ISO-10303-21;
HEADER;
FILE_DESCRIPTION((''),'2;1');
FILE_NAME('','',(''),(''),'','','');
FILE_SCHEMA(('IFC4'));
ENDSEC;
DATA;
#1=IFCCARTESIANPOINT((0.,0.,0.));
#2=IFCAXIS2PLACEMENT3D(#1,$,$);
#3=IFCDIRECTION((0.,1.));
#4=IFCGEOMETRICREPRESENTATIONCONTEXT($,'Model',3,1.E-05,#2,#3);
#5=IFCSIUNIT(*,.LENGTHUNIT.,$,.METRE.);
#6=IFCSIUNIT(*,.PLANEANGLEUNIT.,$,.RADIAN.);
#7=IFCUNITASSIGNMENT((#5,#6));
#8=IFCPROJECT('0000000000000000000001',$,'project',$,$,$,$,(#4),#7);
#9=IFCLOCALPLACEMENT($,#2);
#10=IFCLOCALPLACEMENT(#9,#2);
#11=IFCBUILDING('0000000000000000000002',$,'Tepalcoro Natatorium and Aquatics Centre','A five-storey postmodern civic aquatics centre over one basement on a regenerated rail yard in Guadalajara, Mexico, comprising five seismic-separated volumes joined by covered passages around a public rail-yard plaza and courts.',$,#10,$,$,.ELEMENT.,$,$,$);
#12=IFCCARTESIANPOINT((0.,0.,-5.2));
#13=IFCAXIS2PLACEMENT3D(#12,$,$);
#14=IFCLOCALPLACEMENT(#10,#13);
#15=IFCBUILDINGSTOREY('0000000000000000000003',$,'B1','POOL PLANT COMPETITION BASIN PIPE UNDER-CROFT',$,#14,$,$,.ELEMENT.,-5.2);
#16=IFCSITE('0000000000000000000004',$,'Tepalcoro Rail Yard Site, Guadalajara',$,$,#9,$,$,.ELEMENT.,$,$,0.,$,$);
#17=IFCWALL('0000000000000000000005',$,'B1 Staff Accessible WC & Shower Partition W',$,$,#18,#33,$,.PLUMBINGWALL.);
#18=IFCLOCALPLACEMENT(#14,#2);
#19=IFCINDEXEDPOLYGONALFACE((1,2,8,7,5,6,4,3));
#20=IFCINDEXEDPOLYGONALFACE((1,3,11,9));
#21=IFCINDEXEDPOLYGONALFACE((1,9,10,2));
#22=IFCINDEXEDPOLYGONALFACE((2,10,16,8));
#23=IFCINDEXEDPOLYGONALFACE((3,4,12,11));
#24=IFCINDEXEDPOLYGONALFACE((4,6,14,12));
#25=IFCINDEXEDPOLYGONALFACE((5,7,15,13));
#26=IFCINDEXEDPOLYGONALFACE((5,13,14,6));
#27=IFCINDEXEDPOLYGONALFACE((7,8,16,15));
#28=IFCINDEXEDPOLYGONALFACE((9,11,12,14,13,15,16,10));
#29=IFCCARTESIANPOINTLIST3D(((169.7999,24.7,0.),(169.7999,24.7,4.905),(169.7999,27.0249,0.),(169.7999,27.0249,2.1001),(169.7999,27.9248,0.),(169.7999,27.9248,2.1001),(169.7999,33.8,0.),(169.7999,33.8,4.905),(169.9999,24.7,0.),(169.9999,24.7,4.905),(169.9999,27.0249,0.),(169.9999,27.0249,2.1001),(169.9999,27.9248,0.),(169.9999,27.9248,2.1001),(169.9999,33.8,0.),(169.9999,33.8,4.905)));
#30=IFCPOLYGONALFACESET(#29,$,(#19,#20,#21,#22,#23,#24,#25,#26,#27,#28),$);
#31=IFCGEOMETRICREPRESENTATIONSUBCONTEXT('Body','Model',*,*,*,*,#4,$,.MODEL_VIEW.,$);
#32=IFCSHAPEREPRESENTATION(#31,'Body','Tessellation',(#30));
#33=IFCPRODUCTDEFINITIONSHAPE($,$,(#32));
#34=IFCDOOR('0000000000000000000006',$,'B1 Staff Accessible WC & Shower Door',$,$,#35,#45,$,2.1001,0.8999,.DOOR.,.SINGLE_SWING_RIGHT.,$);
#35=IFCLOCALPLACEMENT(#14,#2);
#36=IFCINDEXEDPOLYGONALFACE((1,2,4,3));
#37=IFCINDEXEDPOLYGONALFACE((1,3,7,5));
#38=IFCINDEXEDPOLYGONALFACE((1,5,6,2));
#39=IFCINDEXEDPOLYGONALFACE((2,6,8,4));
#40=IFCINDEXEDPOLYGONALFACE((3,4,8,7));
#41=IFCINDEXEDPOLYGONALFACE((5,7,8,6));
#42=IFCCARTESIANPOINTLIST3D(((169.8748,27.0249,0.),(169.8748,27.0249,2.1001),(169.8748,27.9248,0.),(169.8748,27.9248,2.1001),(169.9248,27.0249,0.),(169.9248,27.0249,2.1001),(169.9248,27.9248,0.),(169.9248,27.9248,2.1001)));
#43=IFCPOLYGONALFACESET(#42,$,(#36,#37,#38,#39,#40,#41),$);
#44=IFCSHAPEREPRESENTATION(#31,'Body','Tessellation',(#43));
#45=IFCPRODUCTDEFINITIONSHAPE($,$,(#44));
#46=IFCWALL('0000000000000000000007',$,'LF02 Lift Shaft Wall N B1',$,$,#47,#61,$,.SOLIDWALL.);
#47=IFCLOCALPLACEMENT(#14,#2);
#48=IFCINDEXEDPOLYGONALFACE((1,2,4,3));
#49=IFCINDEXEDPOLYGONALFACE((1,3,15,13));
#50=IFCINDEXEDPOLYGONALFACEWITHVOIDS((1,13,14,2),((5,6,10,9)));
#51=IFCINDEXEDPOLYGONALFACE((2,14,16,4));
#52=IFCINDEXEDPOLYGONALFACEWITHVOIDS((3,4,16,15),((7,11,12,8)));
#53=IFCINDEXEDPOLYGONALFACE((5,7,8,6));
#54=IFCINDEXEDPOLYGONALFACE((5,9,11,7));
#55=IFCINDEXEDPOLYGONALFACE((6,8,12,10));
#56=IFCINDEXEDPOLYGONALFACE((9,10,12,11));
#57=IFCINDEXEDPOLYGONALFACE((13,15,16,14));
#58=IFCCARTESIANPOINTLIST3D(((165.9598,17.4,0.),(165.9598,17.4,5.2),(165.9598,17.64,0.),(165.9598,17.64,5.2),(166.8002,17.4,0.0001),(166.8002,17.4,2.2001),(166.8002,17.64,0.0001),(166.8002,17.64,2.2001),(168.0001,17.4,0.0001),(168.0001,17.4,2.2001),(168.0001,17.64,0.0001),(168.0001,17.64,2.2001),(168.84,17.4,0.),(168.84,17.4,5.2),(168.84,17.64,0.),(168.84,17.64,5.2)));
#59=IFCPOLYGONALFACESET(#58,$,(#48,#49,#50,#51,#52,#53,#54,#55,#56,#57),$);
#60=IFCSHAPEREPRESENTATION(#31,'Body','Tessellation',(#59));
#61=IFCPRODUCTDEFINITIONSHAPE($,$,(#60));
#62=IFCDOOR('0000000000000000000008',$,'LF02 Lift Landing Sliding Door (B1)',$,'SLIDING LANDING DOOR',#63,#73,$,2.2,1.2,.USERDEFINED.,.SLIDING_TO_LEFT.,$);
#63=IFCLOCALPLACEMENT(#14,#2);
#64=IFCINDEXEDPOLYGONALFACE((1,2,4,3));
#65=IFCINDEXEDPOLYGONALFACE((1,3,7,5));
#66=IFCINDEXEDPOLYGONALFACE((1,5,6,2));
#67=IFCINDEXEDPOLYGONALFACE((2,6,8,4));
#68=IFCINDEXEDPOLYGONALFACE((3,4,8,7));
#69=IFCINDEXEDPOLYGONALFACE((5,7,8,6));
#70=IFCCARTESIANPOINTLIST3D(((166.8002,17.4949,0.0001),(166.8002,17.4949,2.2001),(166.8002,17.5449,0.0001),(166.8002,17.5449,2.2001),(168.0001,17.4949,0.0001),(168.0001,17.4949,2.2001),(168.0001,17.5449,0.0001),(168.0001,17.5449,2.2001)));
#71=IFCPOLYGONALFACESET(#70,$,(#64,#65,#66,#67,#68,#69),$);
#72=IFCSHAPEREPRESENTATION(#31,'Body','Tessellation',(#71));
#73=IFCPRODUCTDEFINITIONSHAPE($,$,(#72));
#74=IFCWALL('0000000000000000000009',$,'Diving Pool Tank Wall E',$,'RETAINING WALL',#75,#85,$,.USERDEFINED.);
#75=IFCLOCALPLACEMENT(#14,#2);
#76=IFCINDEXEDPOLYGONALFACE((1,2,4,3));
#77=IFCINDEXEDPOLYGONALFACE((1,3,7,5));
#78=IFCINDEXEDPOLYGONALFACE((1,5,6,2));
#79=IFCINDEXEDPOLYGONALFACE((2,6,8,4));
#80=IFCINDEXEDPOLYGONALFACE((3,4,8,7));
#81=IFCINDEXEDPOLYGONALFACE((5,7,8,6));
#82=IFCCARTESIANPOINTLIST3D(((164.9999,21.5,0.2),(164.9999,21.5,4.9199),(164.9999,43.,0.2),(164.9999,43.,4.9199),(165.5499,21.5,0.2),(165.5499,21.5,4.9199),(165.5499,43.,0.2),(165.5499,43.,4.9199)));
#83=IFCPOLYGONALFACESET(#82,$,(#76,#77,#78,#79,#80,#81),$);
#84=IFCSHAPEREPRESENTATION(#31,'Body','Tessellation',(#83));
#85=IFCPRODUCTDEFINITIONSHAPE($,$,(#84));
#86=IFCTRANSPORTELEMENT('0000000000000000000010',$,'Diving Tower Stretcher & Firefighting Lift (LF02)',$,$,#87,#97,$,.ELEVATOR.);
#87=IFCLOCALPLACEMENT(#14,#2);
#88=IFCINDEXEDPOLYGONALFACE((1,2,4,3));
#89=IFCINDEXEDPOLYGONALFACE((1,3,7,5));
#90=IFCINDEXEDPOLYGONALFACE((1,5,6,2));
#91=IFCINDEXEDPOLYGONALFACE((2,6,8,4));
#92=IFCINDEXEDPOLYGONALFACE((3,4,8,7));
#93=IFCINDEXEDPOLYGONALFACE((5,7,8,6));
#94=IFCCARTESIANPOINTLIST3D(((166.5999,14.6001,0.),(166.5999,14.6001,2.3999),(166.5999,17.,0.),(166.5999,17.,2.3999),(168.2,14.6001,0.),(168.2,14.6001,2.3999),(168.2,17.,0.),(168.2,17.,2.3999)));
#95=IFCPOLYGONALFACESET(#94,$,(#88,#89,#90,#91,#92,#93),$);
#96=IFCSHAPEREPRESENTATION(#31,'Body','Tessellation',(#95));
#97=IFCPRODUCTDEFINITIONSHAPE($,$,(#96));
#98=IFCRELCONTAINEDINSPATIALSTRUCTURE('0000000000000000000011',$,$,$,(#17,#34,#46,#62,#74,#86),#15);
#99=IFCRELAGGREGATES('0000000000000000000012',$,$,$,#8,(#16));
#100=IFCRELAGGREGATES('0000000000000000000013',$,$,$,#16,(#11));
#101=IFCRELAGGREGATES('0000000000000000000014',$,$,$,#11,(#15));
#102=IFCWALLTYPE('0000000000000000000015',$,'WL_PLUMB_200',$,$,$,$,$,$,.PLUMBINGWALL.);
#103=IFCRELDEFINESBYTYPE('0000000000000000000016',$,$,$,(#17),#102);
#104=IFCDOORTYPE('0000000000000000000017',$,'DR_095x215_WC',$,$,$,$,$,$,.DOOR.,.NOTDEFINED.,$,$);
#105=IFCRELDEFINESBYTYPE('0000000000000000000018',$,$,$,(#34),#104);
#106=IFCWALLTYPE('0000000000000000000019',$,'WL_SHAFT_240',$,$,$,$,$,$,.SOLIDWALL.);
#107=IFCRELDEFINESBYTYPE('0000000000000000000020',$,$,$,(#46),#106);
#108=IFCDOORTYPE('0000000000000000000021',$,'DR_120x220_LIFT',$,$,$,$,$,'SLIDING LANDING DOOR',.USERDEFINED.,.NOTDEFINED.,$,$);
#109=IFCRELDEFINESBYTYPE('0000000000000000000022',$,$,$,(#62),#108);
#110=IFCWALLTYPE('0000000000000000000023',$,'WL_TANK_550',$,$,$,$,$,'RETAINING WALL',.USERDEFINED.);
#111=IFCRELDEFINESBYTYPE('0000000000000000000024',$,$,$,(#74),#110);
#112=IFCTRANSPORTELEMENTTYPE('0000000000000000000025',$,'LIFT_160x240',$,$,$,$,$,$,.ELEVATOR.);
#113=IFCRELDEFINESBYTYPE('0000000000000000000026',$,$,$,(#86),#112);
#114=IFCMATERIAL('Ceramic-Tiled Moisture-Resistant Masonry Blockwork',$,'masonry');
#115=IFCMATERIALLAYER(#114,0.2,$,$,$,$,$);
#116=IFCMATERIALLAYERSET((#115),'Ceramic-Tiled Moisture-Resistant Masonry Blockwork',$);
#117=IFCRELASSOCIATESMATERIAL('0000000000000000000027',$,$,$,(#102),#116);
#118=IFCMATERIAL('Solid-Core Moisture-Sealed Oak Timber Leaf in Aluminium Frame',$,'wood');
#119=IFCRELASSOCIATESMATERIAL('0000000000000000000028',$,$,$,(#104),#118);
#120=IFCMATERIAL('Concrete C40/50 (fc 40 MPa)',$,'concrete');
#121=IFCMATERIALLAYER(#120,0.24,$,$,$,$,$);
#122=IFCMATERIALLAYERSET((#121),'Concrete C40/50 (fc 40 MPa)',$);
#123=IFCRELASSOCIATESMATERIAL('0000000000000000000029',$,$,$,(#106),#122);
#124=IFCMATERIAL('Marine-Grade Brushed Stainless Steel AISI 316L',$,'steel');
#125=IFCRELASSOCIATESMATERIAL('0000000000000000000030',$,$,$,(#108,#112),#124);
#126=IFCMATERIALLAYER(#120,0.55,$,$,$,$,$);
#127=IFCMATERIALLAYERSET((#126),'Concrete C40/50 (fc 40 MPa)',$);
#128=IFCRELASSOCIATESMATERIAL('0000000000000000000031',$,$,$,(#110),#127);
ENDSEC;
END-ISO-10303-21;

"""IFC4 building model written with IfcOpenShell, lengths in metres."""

from ifc_helpers import new_model, si_unit, direction, frame, frame_2d, origin, origin_2d, place, context, subcontext, project, spatial, rectangle, extrude, material, layer, layer_set, type_object, element, fill, save


model = new_model("IFC4")

# Units and contexts
model_context = context("Model", 3, precision=1e-05, world=origin(), true_north=direction((0.0, 1.0)))
body_context = subcontext(model_context, "Body", "Model", "MODEL_VIEW")
ifc_project = project(units=[si_unit("LENGTHUNIT", "METRE"), si_unit("PLANEANGLEUNIT", "RADIAN")], contexts=[model_context])

# Site, building, storey
site_placement = place(None, origin())
site = spatial("IfcSite", under=ifc_project, at=site_placement, Name="Tepalcoro Rail Yard Site, Guadalajara", CompositionType="ELEMENT", RefElevation=0.0)
building_placement = place(site_placement, origin())
building = spatial("IfcBuilding", under=site, at=building_placement, Name="Tepalcoro Natatorium and Aquatics Centre", Description="A five-storey postmodern civic aquatics centre over one basement on a regenerated rail yard in Guadalajara, Mexico, comprising five seismic-separated volumes joined by covered passages around a public rail-yard plaza and courts.", CompositionType="ELEMENT")
storey_placement = place(building_placement, frame((0.0, 0.0, -5.2)))
storey = spatial("IfcBuildingStorey", under=building, at=storey_placement, Name="B1", Description="POOL PLANT COMPETITION BASIN PIPE UNDER-CROFT", CompositionType="ELEMENT", Elevation=-5.2)

# Shared definitions
ifc_material_1 = material(Name="Concrete C40/50 (fc 40 MPa)", Category="concrete")

# Shared definitions
ifc_material_2 = material(Name="Ceramic-Tiled Moisture-Resistant Masonry Blockwork", Category="masonry")
ifc_layer_1 = layer(ifc_material_2, 0.2)
ifc_layer_set_1 = layer_set([ifc_layer_1], Name="Ceramic-Tiled Moisture-Resistant Masonry Blockwork")
wall_type_1 = type_object("IfcWallType", Name="WL_PLUMB_200", PredefinedType="PLUMBINGWALL", material=ifc_layer_set_1)

# Walls, openings, doors
wall_1_placement = place(storey_placement, frame((169.8999, 24.7, 0.0), z_axis=(0.0, 0.0, 1.0), x_axis=(0.0, 1.0, 0.0)))
wall_1 = element("IfcWall", 1, at=wall_1_placement, inside=storey, type_object=wall_type_1, Name="B1 Staff Accessible WC & Shower Partition W", PredefinedType="PLUMBINGWALL", context=body_context, shape_type="SweptSolid", body=[
    extrude(rectangle(XDim=9.1001, YDim=0.2, at=frame_2d((4.55, 0.0))), origin(), (0.0, 0.0, 1.0), 4.905),
])
opening_1_placement = place(wall_1_placement, frame((2.325, 0.0, 0.0)))
opening_1 = element("IfcOpeningElement", 2, at=opening_1_placement, cuts=wall_1, PredefinedType="OPENING", context=body_context, shape_type="SweptSolid", body=[
    extrude(rectangle(XDim=0.8999, YDim=2.1001, at=frame_2d((0.45, 1.05))), frame((0.0, 0.1118, 0.0), z_axis=(0.0, -1.0, 0.0), x_axis=(1.0, 0.0, 0.0)), (0.0, 0.0, 1.0), 0.2239),
])
ifc_material_3 = material(Name="Solid-Core Moisture-Sealed Oak Timber Leaf in Aluminium Frame", Category="wood")
door_type_1 = type_object("IfcDoorType", Name="DR_095x215_WC", OperationType="NOTDEFINED", PredefinedType="DOOR", material=ifc_material_3)
door_1_placement = place(opening_1_placement, frame((0.8999, 0.0, 0.0), z_axis=(0.0, 0.0, 1.0), x_axis=(-1.0, 0.0, 0.0)))
door_1 = element("IfcDoor", 3, at=door_1_placement, inside=storey, type_object=door_type_1, Name="B1 Staff Accessible WC & Shower Door", OperationType="SINGLE_SWING_RIGHT", OverallHeight=2.1001, OverallWidth=0.8999, PredefinedType="DOOR", context=body_context, shape_type="SweptSolid", body=[
    extrude(rectangle(XDim=0.8999, YDim=2.1001, at=frame_2d((0.45, 1.05))), frame((0.0, 0.0249, 0.0), z_axis=(0.0, -1.0, 0.0), x_axis=(1.0, 0.0, 0.0)), (0.0, 0.0, 1.0), 0.05),
])
fill(opening_1, door_1)
ifc_layer_2 = layer(ifc_material_1, 0.24)
ifc_layer_set_2 = layer_set([ifc_layer_2], Name="Concrete C40/50 (fc 40 MPa)")
wall_type_2 = type_object("IfcWallType", Name="WL_SHAFT_240", PredefinedType="SOLIDWALL", material=ifc_layer_set_2)
wall_2_placement = place(storey_placement, frame((165.96, 17.52, 0.0), z_axis=(0.0, 0.0, 1.0), x_axis=(1.0, 0.0, 0.0)))
wall_2 = element("IfcWall", 4, at=wall_2_placement, inside=storey, type_object=wall_type_2, Name="LF02 Lift Shaft Wall N B1", PredefinedType="SOLIDWALL", context=body_context, shape_type="SweptSolid", body=[
    extrude(rectangle(XDim=2.8801, YDim=0.24, at=frame_2d((1.4399, 0.0))), origin(), (0.0, 0.0, 1.0), 5.2),
])
opening_2_placement = place(wall_2_placement, frame((0.8401, 0.0, 0.0)))
opening_2 = element("IfcOpeningElement", 5, at=opening_2_placement, cuts=wall_2, PredefinedType="OPENING", context=body_context, shape_type="SweptSolid", body=[
    extrude(rectangle(XDim=1.2, YDim=2.2, at=frame_2d((0.6001, 1.1001))), frame((0.0, 0.1318, 0.0), z_axis=(0.0, -1.0, 0.0), x_axis=(1.0, 0.0, 0.0)), (0.0, 0.0, 1.0), 0.2639),
])
ifc_material_4 = material(Name="Marine-Grade Brushed Stainless Steel AISI 316L", Category="steel")
door_type_2 = type_object("IfcDoorType", Name="DR_120x220_LIFT", ElementType="SLIDING LANDING DOOR", OperationType="NOTDEFINED", PredefinedType="USERDEFINED", material=ifc_material_4)
door_2_placement = place(opening_2_placement, origin())
door_2 = element("IfcDoor", 6, at=door_2_placement, inside=storey, type_object=door_type_2, Name="LF02 Lift Landing Sliding Door (B1)", ObjectType="SLIDING LANDING DOOR", OperationType="SLIDING_TO_LEFT", OverallHeight=2.2, OverallWidth=1.2, PredefinedType="USERDEFINED", context=body_context, shape_type="SweptSolid", body=[
    extrude(rectangle(XDim=1.2, YDim=2.2, at=frame_2d((0.6001, 1.1001))), frame((0.0, 0.0249, 0.0), z_axis=(0.0, -1.0, 0.0), x_axis=(1.0, 0.0, 0.0)), (0.0, 0.0, 1.0), 0.05),
])
fill(opening_2, door_2)

# Wall
ifc_layer_3 = layer(ifc_material_1, 0.55)
ifc_layer_set_3 = layer_set([ifc_layer_3], Name="Concrete C40/50 (fc 40 MPa)")
wall_type_3 = type_object("IfcWallType", Name="WL_TANK_550", ElementType="RETAINING WALL", PredefinedType="USERDEFINED", material=ifc_layer_set_3)
wall_3_placement = place(storey_placement, frame((165.2749, 21.5, 0.2), z_axis=(0.0, 0.0, 1.0), x_axis=(0.0, 1.0, 0.0)))
element("IfcWall", 7, at=wall_3_placement, inside=storey, type_object=wall_type_3, Name="Diving Pool Tank Wall E", ObjectType="RETAINING WALL", PredefinedType="USERDEFINED", context=body_context, shape_type="SweptSolid", body=[
    extrude(rectangle(XDim=21.5, YDim=0.55, at=frame_2d((10.75, 0.0))), origin(), (0.0, 0.0, 1.0), 4.72),
])

# Transport element
transport_element_type = type_object("IfcTransportElementType", Name="LIFT_160x240", PredefinedType="ELEVATOR", material=ifc_material_4)
transport_element_placement = place(storey_placement, frame((167.3999, 15.8, 0.0), z_axis=(0.0, 0.0, 1.0), x_axis=(1.0, 0.0, 0.0)))
element("IfcTransportElement", 8, at=transport_element_placement, inside=storey, type_object=transport_element_type, Name="Diving Tower Stretcher & Firefighting Lift (LF02)", PredefinedType="ELEVATOR", context=body_context, shape_type="SweptSolid", body=[
    extrude(rectangle(XDim=1.6001, YDim=2.3999, at=origin_2d()), origin(), (0.0, 0.0, 1.0), 2.3999),
])

save(model, "model.ifc")
